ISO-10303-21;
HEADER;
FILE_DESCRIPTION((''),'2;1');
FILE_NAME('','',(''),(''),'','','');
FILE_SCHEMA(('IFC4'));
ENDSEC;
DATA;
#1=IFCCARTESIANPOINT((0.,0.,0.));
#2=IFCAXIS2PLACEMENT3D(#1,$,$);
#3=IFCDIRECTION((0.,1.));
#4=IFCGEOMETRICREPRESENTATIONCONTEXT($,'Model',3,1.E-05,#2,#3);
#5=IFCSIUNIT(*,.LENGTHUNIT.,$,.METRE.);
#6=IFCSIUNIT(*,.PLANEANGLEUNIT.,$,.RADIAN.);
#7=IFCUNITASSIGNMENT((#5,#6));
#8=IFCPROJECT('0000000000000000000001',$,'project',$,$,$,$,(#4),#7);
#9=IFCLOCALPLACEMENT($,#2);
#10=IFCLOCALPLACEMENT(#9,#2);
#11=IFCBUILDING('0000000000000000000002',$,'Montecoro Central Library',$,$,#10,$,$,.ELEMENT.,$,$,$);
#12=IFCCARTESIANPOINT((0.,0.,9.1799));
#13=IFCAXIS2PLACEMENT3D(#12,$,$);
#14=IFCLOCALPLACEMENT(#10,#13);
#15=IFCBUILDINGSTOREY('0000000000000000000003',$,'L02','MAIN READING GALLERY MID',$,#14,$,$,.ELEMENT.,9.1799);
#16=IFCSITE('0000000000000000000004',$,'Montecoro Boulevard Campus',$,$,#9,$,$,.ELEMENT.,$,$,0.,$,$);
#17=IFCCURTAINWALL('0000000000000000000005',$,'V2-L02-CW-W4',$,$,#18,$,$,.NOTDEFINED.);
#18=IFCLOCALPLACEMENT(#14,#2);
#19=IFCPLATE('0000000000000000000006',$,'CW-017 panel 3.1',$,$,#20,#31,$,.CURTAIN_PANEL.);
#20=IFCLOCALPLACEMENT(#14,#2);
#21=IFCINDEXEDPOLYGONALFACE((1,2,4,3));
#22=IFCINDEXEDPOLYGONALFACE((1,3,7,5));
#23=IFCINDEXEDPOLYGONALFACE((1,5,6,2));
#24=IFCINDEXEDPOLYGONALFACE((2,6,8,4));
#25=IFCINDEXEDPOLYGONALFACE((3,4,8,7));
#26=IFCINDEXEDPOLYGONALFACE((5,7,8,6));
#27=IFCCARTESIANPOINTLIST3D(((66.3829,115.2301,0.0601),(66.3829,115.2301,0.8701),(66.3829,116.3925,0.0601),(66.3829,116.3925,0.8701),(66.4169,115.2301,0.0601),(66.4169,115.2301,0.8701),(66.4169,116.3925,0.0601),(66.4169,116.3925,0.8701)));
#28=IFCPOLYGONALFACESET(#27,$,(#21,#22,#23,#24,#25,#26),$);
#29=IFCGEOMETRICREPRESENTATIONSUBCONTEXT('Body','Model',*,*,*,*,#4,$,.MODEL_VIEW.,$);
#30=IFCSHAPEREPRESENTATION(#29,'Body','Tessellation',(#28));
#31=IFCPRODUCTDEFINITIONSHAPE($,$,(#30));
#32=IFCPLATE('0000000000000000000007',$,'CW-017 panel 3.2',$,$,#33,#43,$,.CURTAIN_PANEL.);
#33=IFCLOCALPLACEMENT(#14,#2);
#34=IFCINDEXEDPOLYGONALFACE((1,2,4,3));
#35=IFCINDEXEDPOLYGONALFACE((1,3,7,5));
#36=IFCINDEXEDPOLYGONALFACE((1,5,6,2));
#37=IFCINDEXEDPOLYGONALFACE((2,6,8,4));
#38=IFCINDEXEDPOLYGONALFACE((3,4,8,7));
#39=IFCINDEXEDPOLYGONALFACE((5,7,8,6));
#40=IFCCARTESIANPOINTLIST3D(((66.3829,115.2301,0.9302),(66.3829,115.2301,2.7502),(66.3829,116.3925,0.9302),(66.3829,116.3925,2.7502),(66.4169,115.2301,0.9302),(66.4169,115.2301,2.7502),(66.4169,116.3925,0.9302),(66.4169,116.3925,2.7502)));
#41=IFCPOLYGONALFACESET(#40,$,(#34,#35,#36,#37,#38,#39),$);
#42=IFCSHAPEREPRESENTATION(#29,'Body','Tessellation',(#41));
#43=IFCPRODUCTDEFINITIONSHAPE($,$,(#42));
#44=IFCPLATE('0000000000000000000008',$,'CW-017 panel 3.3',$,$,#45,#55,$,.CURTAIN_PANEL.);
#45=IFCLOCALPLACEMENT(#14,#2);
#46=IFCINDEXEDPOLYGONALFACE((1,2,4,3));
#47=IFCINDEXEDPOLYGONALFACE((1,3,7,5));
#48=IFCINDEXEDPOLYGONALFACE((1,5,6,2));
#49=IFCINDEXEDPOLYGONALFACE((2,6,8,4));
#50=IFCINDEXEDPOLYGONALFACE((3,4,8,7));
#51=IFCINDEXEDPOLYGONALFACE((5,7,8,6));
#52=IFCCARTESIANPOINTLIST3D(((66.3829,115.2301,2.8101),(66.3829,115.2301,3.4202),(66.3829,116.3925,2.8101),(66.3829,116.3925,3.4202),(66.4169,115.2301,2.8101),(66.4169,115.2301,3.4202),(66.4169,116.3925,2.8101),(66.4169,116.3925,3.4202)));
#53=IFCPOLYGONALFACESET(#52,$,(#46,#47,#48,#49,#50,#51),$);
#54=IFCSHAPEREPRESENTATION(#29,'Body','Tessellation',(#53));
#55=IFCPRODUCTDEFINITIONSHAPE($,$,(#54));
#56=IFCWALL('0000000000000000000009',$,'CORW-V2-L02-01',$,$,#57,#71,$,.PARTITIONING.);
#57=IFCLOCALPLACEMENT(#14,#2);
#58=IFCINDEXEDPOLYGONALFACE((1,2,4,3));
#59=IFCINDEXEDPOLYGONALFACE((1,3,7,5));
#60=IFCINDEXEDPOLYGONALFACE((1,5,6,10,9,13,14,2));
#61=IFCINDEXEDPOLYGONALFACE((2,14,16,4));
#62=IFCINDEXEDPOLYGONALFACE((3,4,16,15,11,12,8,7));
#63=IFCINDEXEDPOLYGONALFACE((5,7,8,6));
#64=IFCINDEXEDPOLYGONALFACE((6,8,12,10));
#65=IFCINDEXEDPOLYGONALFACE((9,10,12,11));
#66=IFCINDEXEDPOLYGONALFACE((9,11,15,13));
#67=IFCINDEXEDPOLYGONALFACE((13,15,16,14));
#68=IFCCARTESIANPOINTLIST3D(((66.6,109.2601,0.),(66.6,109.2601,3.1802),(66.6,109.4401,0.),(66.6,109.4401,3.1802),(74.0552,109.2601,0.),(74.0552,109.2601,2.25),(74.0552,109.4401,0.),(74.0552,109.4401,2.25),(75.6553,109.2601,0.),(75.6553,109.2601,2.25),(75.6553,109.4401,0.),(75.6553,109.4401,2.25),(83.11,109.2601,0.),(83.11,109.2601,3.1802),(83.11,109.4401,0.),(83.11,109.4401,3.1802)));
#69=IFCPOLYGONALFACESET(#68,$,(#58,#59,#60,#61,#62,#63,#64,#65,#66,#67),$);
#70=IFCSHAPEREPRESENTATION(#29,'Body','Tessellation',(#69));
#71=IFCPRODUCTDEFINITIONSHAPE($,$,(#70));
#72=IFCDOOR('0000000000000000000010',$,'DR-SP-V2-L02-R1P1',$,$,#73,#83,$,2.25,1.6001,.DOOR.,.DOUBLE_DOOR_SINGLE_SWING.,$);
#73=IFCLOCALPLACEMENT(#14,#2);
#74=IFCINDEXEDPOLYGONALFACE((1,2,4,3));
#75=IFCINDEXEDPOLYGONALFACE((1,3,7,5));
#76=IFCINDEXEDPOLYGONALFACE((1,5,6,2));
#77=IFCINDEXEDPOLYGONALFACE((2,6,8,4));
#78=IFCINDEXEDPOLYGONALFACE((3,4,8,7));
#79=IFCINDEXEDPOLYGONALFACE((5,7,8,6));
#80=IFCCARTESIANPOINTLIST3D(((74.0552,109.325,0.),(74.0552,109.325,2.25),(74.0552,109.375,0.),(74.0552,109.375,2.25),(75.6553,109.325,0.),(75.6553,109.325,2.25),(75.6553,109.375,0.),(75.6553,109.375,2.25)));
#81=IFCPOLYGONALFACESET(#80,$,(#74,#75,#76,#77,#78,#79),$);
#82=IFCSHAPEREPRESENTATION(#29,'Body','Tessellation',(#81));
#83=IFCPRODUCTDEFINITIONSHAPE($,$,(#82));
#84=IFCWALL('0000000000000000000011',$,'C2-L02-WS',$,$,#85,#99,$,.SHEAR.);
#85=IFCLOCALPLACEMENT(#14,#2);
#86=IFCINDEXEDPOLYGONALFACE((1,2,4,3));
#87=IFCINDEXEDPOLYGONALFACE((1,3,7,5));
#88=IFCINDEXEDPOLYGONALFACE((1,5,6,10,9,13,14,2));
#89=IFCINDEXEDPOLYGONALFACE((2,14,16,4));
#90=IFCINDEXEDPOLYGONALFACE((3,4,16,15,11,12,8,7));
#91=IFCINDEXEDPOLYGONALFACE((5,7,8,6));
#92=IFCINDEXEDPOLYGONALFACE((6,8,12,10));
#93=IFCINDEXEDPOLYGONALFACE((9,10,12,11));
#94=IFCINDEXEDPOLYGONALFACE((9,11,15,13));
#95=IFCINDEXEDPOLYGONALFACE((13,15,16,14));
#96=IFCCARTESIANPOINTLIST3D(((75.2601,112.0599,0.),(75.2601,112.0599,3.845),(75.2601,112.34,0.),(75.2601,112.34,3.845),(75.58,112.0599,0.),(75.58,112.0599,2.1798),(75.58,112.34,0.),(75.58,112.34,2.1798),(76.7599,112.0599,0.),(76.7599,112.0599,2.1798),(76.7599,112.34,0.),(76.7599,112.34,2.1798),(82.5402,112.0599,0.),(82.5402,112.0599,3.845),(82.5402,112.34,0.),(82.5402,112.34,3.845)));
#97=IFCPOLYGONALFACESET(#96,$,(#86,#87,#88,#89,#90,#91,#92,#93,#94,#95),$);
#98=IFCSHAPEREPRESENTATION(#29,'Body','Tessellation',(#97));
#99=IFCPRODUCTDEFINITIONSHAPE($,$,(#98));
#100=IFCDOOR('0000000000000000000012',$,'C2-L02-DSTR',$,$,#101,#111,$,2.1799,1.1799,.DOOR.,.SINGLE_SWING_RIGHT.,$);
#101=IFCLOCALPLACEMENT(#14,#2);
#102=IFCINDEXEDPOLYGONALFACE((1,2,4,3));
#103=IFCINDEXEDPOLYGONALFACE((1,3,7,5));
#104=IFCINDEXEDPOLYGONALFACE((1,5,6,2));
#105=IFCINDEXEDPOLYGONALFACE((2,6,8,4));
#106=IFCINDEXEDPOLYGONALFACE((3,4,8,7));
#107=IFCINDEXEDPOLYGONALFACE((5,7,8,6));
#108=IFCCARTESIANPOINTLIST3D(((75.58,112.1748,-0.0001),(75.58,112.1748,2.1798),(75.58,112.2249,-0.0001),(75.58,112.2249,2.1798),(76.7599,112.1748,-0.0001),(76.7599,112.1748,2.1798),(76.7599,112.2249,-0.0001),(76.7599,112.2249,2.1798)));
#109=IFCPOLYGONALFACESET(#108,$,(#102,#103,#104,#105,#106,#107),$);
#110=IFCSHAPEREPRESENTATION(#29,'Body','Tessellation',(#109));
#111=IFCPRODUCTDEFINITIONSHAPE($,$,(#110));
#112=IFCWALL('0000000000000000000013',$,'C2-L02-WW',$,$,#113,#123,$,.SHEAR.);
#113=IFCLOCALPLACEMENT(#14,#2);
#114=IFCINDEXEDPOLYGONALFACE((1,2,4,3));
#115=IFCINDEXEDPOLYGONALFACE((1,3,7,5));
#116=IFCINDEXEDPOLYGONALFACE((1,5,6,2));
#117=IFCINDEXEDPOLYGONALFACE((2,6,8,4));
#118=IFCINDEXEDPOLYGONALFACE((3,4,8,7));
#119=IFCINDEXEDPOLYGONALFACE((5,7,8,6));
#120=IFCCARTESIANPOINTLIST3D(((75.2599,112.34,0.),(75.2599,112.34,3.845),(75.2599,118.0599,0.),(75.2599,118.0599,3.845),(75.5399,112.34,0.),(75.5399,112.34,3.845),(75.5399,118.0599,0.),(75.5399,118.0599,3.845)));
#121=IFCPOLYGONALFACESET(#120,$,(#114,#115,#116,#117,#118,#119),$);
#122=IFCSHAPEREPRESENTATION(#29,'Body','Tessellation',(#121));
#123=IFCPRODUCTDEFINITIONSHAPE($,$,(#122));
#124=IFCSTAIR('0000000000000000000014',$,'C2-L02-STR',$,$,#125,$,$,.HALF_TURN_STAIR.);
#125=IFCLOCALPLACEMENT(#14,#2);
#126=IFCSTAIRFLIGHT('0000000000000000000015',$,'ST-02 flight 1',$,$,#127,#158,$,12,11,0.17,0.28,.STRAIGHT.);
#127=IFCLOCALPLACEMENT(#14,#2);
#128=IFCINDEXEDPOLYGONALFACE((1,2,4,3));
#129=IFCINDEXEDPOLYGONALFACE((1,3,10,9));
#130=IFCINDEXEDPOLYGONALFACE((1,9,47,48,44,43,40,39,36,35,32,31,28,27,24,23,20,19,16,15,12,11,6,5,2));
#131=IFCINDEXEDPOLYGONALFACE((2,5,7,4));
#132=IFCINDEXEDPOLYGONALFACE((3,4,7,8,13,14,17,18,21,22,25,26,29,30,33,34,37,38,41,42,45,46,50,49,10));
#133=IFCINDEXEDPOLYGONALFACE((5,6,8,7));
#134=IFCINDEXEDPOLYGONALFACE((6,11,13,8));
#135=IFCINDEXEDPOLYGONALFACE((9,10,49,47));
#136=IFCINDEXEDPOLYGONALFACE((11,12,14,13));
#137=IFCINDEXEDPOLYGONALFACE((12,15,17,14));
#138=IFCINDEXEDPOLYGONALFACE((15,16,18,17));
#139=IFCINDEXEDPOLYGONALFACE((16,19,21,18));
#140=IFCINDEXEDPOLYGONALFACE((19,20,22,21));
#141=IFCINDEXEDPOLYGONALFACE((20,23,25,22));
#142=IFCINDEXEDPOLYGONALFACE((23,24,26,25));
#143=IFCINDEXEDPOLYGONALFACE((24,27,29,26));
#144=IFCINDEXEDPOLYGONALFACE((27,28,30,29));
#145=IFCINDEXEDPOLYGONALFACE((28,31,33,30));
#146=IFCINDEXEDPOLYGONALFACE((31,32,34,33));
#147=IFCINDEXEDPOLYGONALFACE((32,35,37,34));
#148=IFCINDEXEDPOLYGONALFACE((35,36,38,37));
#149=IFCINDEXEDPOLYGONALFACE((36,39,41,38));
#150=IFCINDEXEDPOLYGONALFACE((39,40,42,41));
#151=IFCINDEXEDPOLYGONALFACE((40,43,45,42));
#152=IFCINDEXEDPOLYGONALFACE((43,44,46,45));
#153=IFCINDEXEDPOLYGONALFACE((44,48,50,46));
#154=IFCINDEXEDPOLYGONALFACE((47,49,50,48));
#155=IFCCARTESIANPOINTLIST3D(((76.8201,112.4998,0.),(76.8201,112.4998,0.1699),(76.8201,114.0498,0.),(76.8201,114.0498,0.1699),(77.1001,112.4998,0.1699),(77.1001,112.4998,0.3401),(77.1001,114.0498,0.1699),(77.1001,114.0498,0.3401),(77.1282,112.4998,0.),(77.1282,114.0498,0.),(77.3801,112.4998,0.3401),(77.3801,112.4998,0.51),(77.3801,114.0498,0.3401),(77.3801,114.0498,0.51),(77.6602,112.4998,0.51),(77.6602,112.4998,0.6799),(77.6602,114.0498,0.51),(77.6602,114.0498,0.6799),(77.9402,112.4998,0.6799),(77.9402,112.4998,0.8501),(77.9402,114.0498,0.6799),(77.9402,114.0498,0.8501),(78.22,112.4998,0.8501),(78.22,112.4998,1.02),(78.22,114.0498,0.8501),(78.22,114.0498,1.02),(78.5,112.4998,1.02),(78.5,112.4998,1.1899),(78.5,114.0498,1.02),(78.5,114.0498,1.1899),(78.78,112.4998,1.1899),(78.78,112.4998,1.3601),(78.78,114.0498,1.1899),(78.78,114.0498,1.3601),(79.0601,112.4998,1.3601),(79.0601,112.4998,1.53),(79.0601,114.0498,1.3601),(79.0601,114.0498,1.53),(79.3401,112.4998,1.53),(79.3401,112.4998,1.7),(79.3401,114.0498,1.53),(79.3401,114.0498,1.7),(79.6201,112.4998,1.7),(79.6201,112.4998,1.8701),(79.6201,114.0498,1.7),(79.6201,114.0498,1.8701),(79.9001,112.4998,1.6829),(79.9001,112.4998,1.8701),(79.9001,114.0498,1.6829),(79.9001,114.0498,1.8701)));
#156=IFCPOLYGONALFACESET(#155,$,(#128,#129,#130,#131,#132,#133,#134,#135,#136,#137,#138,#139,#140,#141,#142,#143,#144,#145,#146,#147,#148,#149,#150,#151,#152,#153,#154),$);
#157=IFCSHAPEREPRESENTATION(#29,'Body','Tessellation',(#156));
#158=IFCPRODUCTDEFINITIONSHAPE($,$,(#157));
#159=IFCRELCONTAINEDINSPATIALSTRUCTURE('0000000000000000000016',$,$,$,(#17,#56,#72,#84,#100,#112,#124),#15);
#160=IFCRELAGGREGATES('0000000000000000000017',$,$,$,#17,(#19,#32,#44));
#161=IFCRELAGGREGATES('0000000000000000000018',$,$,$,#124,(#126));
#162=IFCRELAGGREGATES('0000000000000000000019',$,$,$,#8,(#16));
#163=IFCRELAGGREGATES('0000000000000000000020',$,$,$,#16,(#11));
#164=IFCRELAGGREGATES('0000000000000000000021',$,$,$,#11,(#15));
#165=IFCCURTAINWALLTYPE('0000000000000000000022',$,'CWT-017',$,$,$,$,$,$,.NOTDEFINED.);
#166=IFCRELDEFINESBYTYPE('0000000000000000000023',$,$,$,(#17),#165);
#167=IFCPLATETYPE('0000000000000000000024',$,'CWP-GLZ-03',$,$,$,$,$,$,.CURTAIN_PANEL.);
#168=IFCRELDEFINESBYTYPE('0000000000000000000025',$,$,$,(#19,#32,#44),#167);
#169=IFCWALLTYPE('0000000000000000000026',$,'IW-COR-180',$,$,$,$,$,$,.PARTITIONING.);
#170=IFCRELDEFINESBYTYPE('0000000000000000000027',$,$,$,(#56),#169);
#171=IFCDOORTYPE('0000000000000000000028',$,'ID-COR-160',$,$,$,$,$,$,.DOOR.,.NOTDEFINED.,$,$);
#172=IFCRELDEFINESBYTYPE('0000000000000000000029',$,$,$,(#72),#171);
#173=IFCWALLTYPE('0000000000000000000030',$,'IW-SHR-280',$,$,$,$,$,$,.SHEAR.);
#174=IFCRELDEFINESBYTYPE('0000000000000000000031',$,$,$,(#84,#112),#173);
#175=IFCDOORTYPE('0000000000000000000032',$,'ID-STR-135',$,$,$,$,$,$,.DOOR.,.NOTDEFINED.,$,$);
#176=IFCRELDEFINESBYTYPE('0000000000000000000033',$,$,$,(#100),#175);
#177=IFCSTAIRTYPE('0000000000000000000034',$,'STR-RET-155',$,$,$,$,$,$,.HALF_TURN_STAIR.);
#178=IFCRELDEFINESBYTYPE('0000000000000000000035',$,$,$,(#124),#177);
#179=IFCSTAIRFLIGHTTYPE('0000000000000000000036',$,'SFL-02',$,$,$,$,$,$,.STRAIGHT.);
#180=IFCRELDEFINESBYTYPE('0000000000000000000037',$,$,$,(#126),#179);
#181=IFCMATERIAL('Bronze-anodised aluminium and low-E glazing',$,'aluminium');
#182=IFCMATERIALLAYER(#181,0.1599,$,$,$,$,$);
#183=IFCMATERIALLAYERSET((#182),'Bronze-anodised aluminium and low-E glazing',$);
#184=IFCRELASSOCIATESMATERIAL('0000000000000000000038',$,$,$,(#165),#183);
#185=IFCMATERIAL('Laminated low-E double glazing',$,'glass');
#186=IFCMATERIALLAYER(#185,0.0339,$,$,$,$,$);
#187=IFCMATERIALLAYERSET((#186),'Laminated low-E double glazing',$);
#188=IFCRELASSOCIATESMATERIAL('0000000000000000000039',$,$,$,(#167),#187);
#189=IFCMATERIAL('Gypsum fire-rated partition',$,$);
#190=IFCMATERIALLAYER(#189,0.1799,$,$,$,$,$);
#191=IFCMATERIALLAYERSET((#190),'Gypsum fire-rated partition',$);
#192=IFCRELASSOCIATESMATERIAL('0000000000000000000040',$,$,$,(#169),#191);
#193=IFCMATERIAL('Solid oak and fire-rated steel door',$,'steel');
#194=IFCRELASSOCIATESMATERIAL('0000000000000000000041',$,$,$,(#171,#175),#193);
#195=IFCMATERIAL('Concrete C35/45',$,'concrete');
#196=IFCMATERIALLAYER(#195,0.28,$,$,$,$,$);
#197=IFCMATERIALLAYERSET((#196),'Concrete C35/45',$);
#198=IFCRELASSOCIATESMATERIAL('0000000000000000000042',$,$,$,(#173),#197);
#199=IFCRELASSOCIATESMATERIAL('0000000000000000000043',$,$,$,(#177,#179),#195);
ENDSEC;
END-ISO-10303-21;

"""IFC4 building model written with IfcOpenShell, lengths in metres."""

from ifc_helpers import new_model, si_unit, direction, frame, frame_2d, origin, origin_2d, place, context, subcontext, project, spatial, polyline, rectangle, outline, extrude, material, layer, layer_set, type_object, element, fill, aggregate, save


model = new_model("IFC4")

# Units and contexts
model_context = context("Model", 3, precision=1e-05, world=origin(), true_north=direction((0.0, 1.0)))
body_context = subcontext(model_context, "Body", "Model", "MODEL_VIEW")
ifc_project = project(units=[si_unit("LENGTHUNIT", "METRE"), si_unit("PLANEANGLEUNIT", "RADIAN")], contexts=[model_context])

# Site, building, storey
site_placement = place(None, origin())
site = spatial("IfcSite", under=ifc_project, at=site_placement, Name="Montecoro Boulevard Campus", CompositionType="ELEMENT", RefElevation=0.0)
building_placement = place(site_placement, origin())
building = spatial("IfcBuilding", under=site, at=building_placement, Name="Montecoro Central Library", CompositionType="ELEMENT")
storey_placement = place(building_placement, frame((0.0, 0.0, 9.1799)))
storey = spatial("IfcBuildingStorey", under=building, at=storey_placement, Name="L02", Description="MAIN READING GALLERY MID", CompositionType="ELEMENT", Elevation=9.1799)

# Shared definitions
ifc_material_1 = material(Name="Concrete C35/45", Category="concrete")

# Curtain wall, plates
ifc_material_2 = material(Name="Bronze-anodised aluminium and low-E glazing", Category="aluminium")
ifc_layer_1 = layer(ifc_material_2, 0.1599)
ifc_layer_set_1 = layer_set([ifc_layer_1], Name="Bronze-anodised aluminium and low-E glazing")
curtain_wall_type = type_object("IfcCurtainWallType", Name="CWT-017", PredefinedType="NOTDEFINED", material=ifc_layer_set_1)
curtain_wall_placement = place(storey_placement, origin())
curtain_wall = element("IfcCurtainWall", 1, at=curtain_wall_placement, inside=storey, type_object=curtain_wall_type, Name="V2-L02-CW-W4", PredefinedType="NOTDEFINED")
ifc_material_3 = material(Name="Laminated low-E double glazing", Category="glass")
ifc_layer_2 = layer(ifc_material_3, 0.0339)
ifc_layer_set_2 = layer_set([ifc_layer_2], Name="Laminated low-E double glazing")
plate_type = type_object("IfcPlateType", Name="CWP-GLZ-03", PredefinedType="CURTAIN_PANEL", material=ifc_layer_set_2)
plate_1_placement = place(storey_placement, frame((66.3999, 115.8113, 0.0601), z_axis=(0.0, 0.0, 1.0), x_axis=(0.0, -1.0, 0.0)))
plate_1 = element("IfcPlate", 2, at=plate_1_placement, type_object=plate_type, Name="CW-017 panel 3.1", PredefinedType="CURTAIN_PANEL", context=body_context, shape_type="SweptSolid", body=[
    extrude(rectangle(XDim=1.1624, YDim=0.0339, at=origin_2d()), origin(), (0.0, 0.0, 1.0), 0.8101),
])
plate_2_placement = place(storey_placement, frame((66.3999, 115.8113, 0.9302), z_axis=(0.0, 0.0, 1.0), x_axis=(0.0, -1.0, 0.0)))
plate_2 = element("IfcPlate", 3, at=plate_2_placement, type_object=plate_type, Name="CW-017 panel 3.2", PredefinedType="CURTAIN_PANEL", context=body_context, shape_type="SweptSolid", body=[
    extrude(rectangle(XDim=1.1624, YDim=0.0339, at=origin_2d()), origin(), (0.0, 0.0, 1.0), 1.8201),
])
plate_3_placement = place(storey_placement, frame((66.3999, 115.8113, 2.8101), z_axis=(0.0, 0.0, 1.0), x_axis=(0.0, -1.0, 0.0)))
plate_3 = element("IfcPlate", 4, at=plate_3_placement, type_object=plate_type, Name="CW-017 panel 3.3", PredefinedType="CURTAIN_PANEL", context=body_context, shape_type="SweptSolid", body=[
    extrude(rectangle(XDim=1.1624, YDim=0.0339, at=origin_2d()), origin(), (0.0, 0.0, 1.0), 0.6101),
])
aggregate(curtain_wall, [plate_1, plate_2, plate_3])

# Walls, openings, doors
ifc_material_4 = material(Name="Gypsum fire-rated partition")
ifc_layer_3 = layer(ifc_material_4, 0.1799)
ifc_layer_set_3 = layer_set([ifc_layer_3], Name="Gypsum fire-rated partition")
wall_type_1 = type_object("IfcWallType", Name="IW-COR-180", PredefinedType="PARTITIONING", material=ifc_layer_set_3)
wall_1_placement = place(storey_placement, frame((66.6001, 109.3501, 0.0), z_axis=(0.0, 0.0, 1.0), x_axis=(1.0, 0.0, 0.0)))
wall_1 = element("IfcWall", 5, at=wall_1_placement, inside=storey, type_object=wall_type_1, Name="CORW-V2-L02-01", PredefinedType="PARTITIONING", context=body_context, shape_type="SweptSolid", body=[
    extrude(rectangle(XDim=16.51, YDim=0.1799, at=frame_2d((8.2549, 0.0))), origin(), (0.0, 0.0, 1.0), 3.1802),
])
opening_1_placement = place(wall_1_placement, frame((7.4551, 0.0, 0.0)))
opening_1 = element("IfcOpeningElement", 6, at=opening_1_placement, cuts=wall_1, PredefinedType="OPENING", context=body_context, shape_type="SweptSolid", body=[
    extrude(rectangle(XDim=1.6001, YDim=2.25, at=frame_2d((0.8, 1.125))), frame((0.0, 0.0999, 0.0), z_axis=(0.0, -1.0, 0.0), x_axis=(1.0, 0.0, 0.0)), (0.0, 0.0, 1.0), 0.2),
])
ifc_material_5 = material(Name="Solid oak and fire-rated steel door", Category="steel")
door_type_1 = type_object("IfcDoorType", Name="ID-COR-160", OperationType="NOTDEFINED", PredefinedType="DOOR", material=ifc_material_5)
door_1_placement = place(opening_1_placement, origin())
door_1 = element("IfcDoor", 7, at=door_1_placement, inside=storey, type_object=door_type_1, Name="DR-SP-V2-L02-R1P1", OperationType="DOUBLE_DOOR_SINGLE_SWING", OverallHeight=2.25, OverallWidth=1.6001, PredefinedType="DOOR", context=body_context, shape_type="SweptSolid", body=[
    extrude(rectangle(XDim=1.6001, YDim=2.25, at=frame_2d((0.8, 1.125))), frame((0.0, 0.0249, 0.0), z_axis=(0.0, -1.0, 0.0), x_axis=(1.0, 0.0, 0.0)), (0.0, 0.0, 1.0), 0.05),
])
fill(opening_1, door_1)
ifc_layer_4 = layer(ifc_material_1, 0.28)
ifc_layer_set_4 = layer_set([ifc_layer_4], Name="Concrete C35/45")
wall_type_2 = type_object("IfcWallType", Name="IW-SHR-280", PredefinedType="SHEAR", material=ifc_layer_set_4)
wall_2_placement = place(storey_placement, frame((75.26, 112.2, 0.0), z_axis=(0.0, 0.0, 1.0), x_axis=(1.0, 0.0, 0.0)))
wall_2 = element("IfcWall", 8, at=wall_2_placement, inside=storey, type_object=wall_type_2, Name="C2-L02-WS", PredefinedType="SHEAR", context=body_context, shape_type="SweptSolid", body=[
    extrude(rectangle(XDim=7.28, YDim=0.28, at=frame_2d((3.6401, 0.0))), origin(), (0.0, 0.0, 1.0), 3.845),
])
opening_2_placement = place(wall_2_placement, frame((0.3201, 0.0, 0.0)))
opening_2 = element("IfcOpeningElement", 9, at=opening_2_placement, cuts=wall_2, PredefinedType="OPENING", context=body_context, shape_type="SweptSolid", body=[
    extrude(rectangle(XDim=1.1799, YDim=2.1799, at=frame_2d((0.5898, 1.0898))), frame((0.0, 0.1499, 0.0), z_axis=(0.0, -1.0, 0.0), x_axis=(1.0, 0.0, 0.0)), (0.0, 0.0, 1.0), 0.3),
])
door_type_2 = type_object("IfcDoorType", Name="ID-STR-135", OperationType="NOTDEFINED", PredefinedType="DOOR", material=ifc_material_5)
door_2_placement = place(opening_2_placement, origin())
door_2 = element("IfcDoor", 10, at=door_2_placement, inside=storey, type_object=door_type_2, Name="C2-L02-DSTR", OperationType="SINGLE_SWING_RIGHT", OverallHeight=2.1799, OverallWidth=1.1799, PredefinedType="DOOR", context=body_context, shape_type="SweptSolid", body=[
    extrude(rectangle(XDim=1.1799, YDim=2.1799, at=frame_2d((0.5898, 1.0898))), frame((0.0, 0.0249, 0.0), z_axis=(0.0, -1.0, 0.0), x_axis=(1.0, 0.0, 0.0)), (0.0, 0.0, 1.0), 0.05),
])
fill(opening_2, door_2)

# Wall
wall_3_placement = place(storey_placement, frame((75.3999, 112.3401, 0.0), z_axis=(0.0, 0.0, 1.0), x_axis=(0.0, 1.0, 0.0)))
element("IfcWall", 11, at=wall_3_placement, inside=storey, type_object=wall_type_2, Name="C2-L02-WW", PredefinedType="SHEAR", context=body_context, shape_type="SweptSolid", body=[
    extrude(rectangle(XDim=5.72, YDim=0.28, at=frame_2d((2.8599, 0.0))), origin(), (0.0, 0.0, 1.0), 3.845),
])

# Stair, stair flight
stair_type = type_object("IfcStairType", Name="STR-RET-155", PredefinedType="HALF_TURN_STAIR", material=ifc_material_1)
stair_placement = place(storey_placement, origin())
stair = element("IfcStair", 12, at=stair_placement, inside=storey, type_object=stair_type, Name="C2-L02-STR", PredefinedType="HALF_TURN_STAIR")
stair_flight_type = type_object("IfcStairFlightType", Name="SFL-02", PredefinedType="STRAIGHT", material=ifc_material_1)
stair_flight_placement = place(storey_placement, frame((76.8201, 113.2749, 0.0), z_axis=(0.0, 0.0, 1.0), x_axis=(1.0, 0.0, 0.0)))
stair_flight = element("IfcStairFlight", 13, at=stair_flight_placement, type_object=stair_flight_type, Name="ST-02 flight 1", NumberOfRisers=12, NumberOfTreads=11, PredefinedType="STRAIGHT", RiserHeight=0.17, TreadLength=0.28, context=body_context, shape_type="SweptSolid", body=[
    extrude(outline(polyline([(0.0, 0.0), (0.0, 0.1699), (0.28, 0.1699), (0.28, 0.3401), (0.5601, 0.3401), (0.5601, 0.51), (0.8401, 0.51), (0.8401, 0.6799), (1.1201, 0.6799), (1.1201, 0.8501), (1.3999, 0.8501), (1.3999, 1.02), (1.6799, 1.02), (1.6799, 1.1899), (1.96, 1.1899), (1.96, 1.3601), (2.24, 1.3601), (2.24, 1.53), (2.52, 1.53), (2.52, 1.7), (2.8, 1.7), (2.8, 1.8701), (3.0801, 1.8701), (3.0801, 2.04), (3.0801, 1.6829), (0.3081, 0.0), (0.0, 0.0)])), frame((0.0, 0.7749, 0.0), z_axis=(0.0, -1.0, 0.0), x_axis=(1.0, 0.0, 0.0)), (0.0, 0.0, 1.0), 1.55),
])
aggregate(stair, [stair_flight])

save(model, "model.ifc")
